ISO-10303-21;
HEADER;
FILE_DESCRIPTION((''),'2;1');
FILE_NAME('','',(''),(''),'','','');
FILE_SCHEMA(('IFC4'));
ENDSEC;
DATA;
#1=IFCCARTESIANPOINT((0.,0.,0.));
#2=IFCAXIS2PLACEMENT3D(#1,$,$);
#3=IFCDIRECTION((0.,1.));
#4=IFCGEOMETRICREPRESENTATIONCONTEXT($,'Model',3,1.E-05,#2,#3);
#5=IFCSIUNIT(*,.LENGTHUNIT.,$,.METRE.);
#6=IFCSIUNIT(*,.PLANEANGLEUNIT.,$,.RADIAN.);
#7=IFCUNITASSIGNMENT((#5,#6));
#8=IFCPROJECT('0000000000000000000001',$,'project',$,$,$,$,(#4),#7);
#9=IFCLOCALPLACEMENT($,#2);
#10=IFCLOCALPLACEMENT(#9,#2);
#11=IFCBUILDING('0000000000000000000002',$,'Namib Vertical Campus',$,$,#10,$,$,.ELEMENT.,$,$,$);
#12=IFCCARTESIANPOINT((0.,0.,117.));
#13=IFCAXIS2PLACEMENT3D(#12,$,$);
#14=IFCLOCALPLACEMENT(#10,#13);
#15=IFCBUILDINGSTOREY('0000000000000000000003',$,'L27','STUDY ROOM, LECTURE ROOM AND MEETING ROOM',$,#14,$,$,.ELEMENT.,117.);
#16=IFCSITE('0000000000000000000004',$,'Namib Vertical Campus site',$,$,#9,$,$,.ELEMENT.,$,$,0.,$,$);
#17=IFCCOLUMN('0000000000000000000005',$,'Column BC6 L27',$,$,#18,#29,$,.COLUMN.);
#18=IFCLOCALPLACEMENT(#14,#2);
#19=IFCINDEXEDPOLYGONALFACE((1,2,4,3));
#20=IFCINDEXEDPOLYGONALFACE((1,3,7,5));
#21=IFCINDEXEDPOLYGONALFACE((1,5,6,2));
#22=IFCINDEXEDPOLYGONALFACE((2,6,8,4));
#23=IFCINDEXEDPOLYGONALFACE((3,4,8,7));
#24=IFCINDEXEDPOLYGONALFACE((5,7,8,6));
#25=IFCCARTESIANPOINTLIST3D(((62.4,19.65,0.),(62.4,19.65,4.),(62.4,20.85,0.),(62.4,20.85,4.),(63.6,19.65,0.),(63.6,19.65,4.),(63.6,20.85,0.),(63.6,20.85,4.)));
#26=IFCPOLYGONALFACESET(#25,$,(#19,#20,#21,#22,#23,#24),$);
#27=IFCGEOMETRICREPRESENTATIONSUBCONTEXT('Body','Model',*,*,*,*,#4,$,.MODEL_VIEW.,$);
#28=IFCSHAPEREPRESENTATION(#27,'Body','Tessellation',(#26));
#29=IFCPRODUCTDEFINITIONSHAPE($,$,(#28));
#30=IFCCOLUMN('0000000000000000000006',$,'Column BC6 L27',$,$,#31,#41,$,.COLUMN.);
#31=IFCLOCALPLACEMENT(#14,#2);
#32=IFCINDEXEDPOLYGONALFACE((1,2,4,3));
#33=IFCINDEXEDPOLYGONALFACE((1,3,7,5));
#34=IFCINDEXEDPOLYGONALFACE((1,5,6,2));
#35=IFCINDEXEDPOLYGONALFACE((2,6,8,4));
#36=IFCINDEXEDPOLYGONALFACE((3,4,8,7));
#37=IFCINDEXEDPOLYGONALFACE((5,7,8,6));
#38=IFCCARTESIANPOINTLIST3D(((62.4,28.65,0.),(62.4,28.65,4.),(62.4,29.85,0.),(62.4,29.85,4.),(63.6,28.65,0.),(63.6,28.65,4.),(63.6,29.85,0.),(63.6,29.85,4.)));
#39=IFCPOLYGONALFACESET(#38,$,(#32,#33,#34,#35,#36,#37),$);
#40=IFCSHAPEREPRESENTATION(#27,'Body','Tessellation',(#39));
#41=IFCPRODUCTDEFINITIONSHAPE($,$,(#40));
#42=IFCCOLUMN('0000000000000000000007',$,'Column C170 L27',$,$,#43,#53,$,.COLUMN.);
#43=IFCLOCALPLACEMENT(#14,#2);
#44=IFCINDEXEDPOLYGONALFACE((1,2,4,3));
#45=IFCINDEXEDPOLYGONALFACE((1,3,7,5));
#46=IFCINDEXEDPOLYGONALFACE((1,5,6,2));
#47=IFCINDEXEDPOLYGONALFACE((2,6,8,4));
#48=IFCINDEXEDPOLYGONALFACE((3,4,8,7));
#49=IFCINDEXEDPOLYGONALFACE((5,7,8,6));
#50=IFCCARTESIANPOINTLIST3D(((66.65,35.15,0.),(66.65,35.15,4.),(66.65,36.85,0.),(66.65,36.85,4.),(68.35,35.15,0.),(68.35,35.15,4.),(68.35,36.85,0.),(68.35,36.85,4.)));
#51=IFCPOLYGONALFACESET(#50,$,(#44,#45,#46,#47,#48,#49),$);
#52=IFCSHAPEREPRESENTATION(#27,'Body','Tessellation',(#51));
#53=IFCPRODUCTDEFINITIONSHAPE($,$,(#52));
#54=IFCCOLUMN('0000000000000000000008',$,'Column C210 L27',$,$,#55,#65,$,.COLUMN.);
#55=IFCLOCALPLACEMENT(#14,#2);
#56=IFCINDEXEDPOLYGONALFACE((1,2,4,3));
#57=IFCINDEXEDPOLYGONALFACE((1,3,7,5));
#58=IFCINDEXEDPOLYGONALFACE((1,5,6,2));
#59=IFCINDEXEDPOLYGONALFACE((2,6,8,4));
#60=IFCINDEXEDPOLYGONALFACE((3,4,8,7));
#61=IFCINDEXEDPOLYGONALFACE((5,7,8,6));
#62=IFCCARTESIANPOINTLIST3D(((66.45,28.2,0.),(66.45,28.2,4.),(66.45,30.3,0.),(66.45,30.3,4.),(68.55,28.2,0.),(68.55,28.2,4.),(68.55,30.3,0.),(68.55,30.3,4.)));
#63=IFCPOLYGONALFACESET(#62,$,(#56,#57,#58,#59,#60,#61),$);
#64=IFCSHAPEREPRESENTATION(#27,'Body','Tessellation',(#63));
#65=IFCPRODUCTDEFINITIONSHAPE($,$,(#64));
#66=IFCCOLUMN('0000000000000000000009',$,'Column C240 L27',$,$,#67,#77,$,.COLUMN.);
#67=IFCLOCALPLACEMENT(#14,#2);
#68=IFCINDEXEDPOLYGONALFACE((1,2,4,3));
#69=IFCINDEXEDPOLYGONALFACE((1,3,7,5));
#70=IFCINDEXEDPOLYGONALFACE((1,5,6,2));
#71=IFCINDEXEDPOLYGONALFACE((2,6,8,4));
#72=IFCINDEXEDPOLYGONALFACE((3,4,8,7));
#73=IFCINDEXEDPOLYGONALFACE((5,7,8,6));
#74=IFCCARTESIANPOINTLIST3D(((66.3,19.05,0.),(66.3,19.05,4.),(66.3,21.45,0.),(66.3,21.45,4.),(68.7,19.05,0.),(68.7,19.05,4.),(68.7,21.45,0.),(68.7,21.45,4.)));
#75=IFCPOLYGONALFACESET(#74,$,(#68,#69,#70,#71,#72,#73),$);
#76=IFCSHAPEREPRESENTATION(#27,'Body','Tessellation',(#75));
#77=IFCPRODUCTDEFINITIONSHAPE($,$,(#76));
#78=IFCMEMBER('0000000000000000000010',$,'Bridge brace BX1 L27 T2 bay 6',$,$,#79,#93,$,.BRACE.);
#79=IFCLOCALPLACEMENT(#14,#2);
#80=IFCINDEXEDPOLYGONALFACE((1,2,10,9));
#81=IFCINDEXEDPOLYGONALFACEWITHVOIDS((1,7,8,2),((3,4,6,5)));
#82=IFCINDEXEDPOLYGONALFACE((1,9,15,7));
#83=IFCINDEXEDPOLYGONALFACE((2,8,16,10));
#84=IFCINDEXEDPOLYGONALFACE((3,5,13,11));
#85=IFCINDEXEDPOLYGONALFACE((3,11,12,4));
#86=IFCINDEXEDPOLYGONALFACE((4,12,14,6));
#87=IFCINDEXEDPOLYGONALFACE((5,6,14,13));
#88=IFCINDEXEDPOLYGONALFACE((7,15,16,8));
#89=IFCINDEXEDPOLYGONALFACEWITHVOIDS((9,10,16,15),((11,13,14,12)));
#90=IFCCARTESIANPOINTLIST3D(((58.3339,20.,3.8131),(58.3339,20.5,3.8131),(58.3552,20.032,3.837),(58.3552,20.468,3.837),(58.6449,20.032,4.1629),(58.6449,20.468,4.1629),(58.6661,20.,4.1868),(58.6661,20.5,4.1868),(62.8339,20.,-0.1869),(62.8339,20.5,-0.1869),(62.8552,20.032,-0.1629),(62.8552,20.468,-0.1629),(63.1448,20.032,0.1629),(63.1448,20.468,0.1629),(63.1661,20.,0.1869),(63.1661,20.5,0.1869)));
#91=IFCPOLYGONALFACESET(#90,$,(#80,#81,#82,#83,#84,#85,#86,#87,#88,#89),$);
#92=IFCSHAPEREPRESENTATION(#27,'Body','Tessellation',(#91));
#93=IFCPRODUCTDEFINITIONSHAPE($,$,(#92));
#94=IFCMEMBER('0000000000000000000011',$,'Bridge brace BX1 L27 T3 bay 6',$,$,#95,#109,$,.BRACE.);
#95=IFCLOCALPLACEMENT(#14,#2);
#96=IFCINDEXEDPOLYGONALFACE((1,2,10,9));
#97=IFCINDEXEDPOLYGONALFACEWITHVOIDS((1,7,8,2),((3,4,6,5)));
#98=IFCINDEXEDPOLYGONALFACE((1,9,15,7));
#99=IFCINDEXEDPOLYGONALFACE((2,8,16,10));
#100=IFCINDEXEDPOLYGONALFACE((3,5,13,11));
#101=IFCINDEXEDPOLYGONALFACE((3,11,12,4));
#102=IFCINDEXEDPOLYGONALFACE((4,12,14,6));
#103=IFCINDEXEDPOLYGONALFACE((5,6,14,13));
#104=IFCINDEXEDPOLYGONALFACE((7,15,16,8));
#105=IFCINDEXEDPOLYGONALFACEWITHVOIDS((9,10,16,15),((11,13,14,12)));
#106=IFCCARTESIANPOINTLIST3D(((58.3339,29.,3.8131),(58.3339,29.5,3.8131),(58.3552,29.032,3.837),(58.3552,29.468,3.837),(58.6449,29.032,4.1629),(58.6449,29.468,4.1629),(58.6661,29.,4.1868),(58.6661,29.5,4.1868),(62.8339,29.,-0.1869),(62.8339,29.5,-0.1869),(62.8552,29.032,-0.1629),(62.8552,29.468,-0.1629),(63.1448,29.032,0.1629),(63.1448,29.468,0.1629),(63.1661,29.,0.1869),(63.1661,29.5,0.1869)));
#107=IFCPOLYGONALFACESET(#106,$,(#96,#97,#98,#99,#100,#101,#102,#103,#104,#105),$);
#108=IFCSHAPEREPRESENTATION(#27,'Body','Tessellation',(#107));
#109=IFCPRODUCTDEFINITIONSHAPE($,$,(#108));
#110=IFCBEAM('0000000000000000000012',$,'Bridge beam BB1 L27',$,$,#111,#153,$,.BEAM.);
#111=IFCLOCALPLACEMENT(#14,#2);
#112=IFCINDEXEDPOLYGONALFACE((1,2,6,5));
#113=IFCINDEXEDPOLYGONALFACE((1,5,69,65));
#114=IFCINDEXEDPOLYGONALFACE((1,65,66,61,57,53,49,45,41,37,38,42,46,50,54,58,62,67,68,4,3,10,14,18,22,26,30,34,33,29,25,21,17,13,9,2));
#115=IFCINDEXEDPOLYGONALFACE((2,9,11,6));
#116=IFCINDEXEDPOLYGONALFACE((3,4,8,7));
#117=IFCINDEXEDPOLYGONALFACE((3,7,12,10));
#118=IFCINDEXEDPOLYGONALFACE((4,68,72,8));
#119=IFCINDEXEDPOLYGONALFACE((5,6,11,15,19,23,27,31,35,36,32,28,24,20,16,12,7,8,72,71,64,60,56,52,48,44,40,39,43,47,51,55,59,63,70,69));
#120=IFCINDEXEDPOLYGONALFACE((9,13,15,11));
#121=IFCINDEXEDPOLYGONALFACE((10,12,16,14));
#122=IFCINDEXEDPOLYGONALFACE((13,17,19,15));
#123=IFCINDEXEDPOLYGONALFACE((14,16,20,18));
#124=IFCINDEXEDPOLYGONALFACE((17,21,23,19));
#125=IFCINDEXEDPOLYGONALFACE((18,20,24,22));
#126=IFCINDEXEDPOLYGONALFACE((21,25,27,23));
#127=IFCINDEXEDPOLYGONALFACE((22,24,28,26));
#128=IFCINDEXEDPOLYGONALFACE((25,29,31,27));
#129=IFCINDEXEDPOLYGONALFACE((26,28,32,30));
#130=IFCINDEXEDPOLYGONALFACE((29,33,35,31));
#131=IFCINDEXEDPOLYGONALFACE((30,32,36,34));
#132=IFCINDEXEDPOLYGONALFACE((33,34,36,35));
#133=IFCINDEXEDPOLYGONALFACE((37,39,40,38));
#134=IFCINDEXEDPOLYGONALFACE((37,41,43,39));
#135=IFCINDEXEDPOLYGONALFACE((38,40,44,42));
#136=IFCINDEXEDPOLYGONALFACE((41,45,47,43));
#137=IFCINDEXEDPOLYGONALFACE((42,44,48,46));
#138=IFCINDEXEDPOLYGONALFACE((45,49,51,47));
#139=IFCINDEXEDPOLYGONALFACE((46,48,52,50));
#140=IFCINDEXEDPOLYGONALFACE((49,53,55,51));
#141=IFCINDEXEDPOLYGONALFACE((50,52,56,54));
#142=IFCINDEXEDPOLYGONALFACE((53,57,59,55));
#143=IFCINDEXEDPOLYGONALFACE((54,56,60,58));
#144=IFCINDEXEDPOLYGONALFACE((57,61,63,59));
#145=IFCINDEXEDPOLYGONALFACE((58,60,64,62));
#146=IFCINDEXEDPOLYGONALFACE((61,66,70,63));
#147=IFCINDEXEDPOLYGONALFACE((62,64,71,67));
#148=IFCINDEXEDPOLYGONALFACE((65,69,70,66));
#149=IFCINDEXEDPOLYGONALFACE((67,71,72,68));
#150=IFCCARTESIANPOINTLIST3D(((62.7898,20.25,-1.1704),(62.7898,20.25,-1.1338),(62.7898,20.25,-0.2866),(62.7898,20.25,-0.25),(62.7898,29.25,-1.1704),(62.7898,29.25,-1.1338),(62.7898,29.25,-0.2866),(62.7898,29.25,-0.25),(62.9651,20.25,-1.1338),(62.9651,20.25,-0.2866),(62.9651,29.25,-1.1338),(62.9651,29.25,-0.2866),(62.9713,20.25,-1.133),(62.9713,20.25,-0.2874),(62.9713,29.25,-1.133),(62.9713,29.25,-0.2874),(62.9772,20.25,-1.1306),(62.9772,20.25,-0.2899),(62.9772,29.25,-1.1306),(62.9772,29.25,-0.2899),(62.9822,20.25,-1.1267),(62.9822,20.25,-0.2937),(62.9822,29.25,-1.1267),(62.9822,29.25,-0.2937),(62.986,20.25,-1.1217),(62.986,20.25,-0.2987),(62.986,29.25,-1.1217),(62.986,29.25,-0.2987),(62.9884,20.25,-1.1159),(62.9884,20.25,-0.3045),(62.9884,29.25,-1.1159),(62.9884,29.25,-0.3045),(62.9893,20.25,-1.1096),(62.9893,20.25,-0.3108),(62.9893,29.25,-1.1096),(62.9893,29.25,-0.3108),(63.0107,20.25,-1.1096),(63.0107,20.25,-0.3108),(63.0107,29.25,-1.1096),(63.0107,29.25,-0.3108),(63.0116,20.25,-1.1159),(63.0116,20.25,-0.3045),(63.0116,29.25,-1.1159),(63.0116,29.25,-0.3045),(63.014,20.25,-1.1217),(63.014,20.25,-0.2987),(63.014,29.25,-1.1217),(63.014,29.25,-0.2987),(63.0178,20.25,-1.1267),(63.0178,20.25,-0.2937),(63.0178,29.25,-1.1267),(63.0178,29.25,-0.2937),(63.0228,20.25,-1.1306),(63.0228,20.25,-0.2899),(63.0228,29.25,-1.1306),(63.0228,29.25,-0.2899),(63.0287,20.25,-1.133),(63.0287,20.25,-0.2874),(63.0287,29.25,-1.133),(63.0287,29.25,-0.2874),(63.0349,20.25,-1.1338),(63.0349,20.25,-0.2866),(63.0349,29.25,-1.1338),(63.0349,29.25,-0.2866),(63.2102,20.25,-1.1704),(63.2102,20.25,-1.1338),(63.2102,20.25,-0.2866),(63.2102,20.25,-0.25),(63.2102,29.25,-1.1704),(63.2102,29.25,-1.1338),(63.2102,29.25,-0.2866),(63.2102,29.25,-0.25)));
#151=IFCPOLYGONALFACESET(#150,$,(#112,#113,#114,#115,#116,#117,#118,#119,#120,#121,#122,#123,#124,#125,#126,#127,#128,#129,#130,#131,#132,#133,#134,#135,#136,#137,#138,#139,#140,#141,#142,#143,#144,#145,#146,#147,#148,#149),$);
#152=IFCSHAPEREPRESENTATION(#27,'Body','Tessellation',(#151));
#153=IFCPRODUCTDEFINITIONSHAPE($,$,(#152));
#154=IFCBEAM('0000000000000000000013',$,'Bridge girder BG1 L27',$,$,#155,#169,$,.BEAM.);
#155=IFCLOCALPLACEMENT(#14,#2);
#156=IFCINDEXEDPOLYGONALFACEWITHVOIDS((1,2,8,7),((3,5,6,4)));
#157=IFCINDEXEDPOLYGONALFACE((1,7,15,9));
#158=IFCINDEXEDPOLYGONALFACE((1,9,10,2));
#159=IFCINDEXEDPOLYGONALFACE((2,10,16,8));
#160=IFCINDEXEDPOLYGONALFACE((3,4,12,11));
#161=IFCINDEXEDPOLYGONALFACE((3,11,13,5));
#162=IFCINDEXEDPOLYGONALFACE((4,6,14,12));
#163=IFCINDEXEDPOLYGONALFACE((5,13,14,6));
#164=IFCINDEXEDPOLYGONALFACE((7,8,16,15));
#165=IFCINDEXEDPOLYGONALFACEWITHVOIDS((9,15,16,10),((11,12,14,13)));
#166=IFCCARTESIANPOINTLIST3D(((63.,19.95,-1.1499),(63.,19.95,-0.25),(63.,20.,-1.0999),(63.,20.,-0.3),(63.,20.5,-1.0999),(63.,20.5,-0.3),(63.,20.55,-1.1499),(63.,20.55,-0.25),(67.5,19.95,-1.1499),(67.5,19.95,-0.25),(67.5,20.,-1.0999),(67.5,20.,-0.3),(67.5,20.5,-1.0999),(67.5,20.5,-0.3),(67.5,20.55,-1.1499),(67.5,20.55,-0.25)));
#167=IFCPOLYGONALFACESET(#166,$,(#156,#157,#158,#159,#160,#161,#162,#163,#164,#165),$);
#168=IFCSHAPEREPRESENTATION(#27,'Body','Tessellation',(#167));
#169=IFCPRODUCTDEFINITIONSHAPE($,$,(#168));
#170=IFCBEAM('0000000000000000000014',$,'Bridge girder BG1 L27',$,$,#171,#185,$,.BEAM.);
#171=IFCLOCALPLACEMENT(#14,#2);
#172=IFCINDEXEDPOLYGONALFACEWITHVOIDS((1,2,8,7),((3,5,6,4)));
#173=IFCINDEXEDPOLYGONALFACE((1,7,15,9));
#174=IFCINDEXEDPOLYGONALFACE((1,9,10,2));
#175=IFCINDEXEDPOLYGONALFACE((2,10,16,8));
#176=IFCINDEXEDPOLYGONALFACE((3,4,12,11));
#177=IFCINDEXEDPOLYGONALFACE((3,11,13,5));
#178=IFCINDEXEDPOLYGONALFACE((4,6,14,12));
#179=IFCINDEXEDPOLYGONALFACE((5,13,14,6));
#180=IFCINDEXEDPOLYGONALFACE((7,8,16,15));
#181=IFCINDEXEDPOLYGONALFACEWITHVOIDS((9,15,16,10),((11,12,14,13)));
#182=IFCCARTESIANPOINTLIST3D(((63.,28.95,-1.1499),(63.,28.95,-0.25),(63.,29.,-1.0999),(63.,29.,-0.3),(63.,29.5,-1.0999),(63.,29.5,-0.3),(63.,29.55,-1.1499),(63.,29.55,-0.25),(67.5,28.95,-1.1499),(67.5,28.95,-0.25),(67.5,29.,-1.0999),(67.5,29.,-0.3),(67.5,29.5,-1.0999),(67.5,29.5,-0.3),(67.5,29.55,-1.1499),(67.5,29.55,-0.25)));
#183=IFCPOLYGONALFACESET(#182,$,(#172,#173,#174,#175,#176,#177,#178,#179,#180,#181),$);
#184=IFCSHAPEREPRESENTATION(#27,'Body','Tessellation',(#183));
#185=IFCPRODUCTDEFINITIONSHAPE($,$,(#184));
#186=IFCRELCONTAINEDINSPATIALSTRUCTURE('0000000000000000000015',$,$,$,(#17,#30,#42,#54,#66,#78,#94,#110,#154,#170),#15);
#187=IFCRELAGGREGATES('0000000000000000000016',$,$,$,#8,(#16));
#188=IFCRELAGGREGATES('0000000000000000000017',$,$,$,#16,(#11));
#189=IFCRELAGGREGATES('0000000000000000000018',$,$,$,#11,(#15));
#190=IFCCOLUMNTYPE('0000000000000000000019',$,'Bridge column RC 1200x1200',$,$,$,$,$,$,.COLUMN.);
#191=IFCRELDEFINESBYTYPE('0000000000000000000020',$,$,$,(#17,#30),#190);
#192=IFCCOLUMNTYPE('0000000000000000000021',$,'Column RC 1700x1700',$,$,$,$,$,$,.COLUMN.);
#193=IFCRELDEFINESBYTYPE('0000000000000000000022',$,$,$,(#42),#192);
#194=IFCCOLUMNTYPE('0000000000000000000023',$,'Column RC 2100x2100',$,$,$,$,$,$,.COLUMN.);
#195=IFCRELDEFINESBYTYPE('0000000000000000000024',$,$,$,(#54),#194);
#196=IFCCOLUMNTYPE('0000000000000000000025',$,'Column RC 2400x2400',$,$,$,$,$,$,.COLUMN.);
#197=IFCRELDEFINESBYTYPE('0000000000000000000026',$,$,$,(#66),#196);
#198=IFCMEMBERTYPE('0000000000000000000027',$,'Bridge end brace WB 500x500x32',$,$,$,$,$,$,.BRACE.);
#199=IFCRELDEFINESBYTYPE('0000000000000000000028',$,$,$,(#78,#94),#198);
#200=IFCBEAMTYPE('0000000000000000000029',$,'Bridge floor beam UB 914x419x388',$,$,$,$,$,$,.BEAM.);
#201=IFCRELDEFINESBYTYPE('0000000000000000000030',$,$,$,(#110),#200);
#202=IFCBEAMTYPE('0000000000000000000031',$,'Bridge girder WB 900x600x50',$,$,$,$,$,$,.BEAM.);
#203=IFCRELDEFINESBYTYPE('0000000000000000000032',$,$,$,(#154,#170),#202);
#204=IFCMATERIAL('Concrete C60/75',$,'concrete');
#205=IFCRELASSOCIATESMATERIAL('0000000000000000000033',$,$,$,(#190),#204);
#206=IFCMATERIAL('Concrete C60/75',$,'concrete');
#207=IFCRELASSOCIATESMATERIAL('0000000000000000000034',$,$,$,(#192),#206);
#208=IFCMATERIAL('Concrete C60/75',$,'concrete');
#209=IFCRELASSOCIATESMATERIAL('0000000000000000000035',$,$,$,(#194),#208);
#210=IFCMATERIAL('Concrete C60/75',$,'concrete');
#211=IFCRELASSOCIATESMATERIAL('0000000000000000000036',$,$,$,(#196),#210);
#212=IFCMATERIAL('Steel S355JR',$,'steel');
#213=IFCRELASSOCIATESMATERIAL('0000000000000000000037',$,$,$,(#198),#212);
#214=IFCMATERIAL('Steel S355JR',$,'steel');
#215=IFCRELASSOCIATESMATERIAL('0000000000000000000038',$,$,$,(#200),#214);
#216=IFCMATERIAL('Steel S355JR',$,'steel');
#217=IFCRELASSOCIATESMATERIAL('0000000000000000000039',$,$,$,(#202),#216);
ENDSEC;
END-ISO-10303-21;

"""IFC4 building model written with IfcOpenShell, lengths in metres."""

from ifc_helpers import new_model, si_unit, direction, frame, origin, origin_2d, place, context, subcontext, project, spatial, rectangle, hollow_rectangle, i_section, extrude, material, material_profile, profile_set, type_object, element, save


model = new_model("IFC4")

# Units and contexts
model_context = context("Model", 3, precision=1e-05, world=origin(), true_north=direction((0.0, 1.0)))
body_context = subcontext(model_context, "Body", "Model", "MODEL_VIEW")
ifc_project = project(units=[si_unit("LENGTHUNIT", "METRE"), si_unit("PLANEANGLEUNIT", "RADIAN")], contexts=[model_context])

# Site, building, storey
site_placement = place(None, origin())
site = spatial("IfcSite", under=ifc_project, at=site_placement, Name="Namib Vertical Campus site", CompositionType="ELEMENT", RefElevation=0.0)
building_placement = place(site_placement, origin())
building = spatial("IfcBuilding", under=site, at=building_placement, Name="Namib Vertical Campus", CompositionType="ELEMENT")
storey_placement = place(building_placement, frame((0.0, 0.0, 117.0)))
storey = spatial("IfcBuildingStorey", under=building, at=storey_placement, Name="L27", Description="STUDY ROOM, LECTURE ROOM AND MEETING ROOM", CompositionType="ELEMENT", Elevation=117.0)

# Columns
ifc_material_1 = material(Name="Concrete C60/75", Category="concrete")
ifc_material_profile_1 = material_profile(ifc_material_1, rectangle(XDim=1.2, YDim=1.2, at=origin_2d()))
ifc_profile_set_1 = profile_set([ifc_material_profile_1], Name="Concrete C60/75")
column_type_1 = type_object("IfcColumnType", Name="Bridge column RC 1200x1200", PredefinedType="COLUMN", material=ifc_profile_set_1)
for number, where, z_axis, x_axis, name in (
    (1, (63.0, 20.25, 0.0), (0.0, 0.0, 1.0), (1.0, 0.0, 0.0), "Column BC6 L27"),
    (2, (63.0, 29.25, 0.0), (0.0, 0.0, 1.0), (1.0, 0.0, 0.0), "Column BC6 L27"),
):
    element("IfcColumn", number, at=place(storey_placement, frame(where, z_axis=z_axis, x_axis=x_axis)), inside=storey, type_object=column_type_1, Name=name, PredefinedType="COLUMN", context=body_context, shape_type="SweptSolid", body=[
        extrude(rectangle(XDim=1.2, YDim=1.2, at=origin_2d()), origin(), (0.0, 0.0, 1.0), 4.0),
    ])
ifc_material_2 = material(Name="Concrete C60/75", Category="concrete")
ifc_material_profile_2 = material_profile(ifc_material_2, rectangle(XDim=1.7, YDim=1.7, at=origin_2d()))
ifc_profile_set_2 = profile_set([ifc_material_profile_2], Name="Concrete C60/75")
column_type_2 = type_object("IfcColumnType", Name="Column RC 1700x1700", PredefinedType="COLUMN", material=ifc_profile_set_2)
column_1_placement = place(storey_placement, frame((67.5, 36.0, 0.0), z_axis=(0.0, 0.0, 1.0), x_axis=(1.0, 0.0, 0.0)))
element("IfcColumn", 3, at=column_1_placement, inside=storey, type_object=column_type_2, Name="Column C170 L27", PredefinedType="COLUMN", context=body_context, shape_type="SweptSolid", body=[
    extrude(rectangle(XDim=1.7, YDim=1.7, at=origin_2d()), origin(), (0.0, 0.0, 1.0), 4.0),
])
ifc_material_3 = material(Name="Concrete C60/75", Category="concrete")
ifc_material_profile_3 = material_profile(ifc_material_3, rectangle(XDim=2.1001, YDim=2.1001, at=origin_2d()))
ifc_profile_set_3 = profile_set([ifc_material_profile_3], Name="Concrete C60/75")
column_type_3 = type_object("IfcColumnType", Name="Column RC 2100x2100", PredefinedType="COLUMN", material=ifc_profile_set_3)
column_2_placement = place(storey_placement, frame((67.5, 29.25, 0.0), z_axis=(0.0, 0.0, 1.0), x_axis=(1.0, 0.0, 0.0)))
element("IfcColumn", 4, at=column_2_placement, inside=storey, type_object=column_type_3, Name="Column C210 L27", PredefinedType="COLUMN", context=body_context, shape_type="SweptSolid", body=[
    extrude(rectangle(XDim=2.1001, YDim=2.1001, at=origin_2d()), origin(), (0.0, 0.0, 1.0), 4.0),
])
ifc_material_4 = material(Name="Concrete C60/75", Category="concrete")
ifc_material_profile_4 = material_profile(ifc_material_4, rectangle(XDim=2.3999, YDim=2.3999, at=origin_2d()))
ifc_profile_set_4 = profile_set([ifc_material_profile_4], Name="Concrete C60/75")
column_type_4 = type_object("IfcColumnType", Name="Column RC 2400x2400", PredefinedType="COLUMN", material=ifc_profile_set_4)
column_3_placement = place(storey_placement, frame((67.5, 20.25, 0.0), z_axis=(0.0, 0.0, 1.0), x_axis=(1.0, 0.0, 0.0)))
element("IfcColumn", 5, at=column_3_placement, inside=storey, type_object=column_type_4, Name="Column C240 L27", PredefinedType="COLUMN", context=body_context, shape_type="SweptSolid", body=[
    extrude(rectangle(XDim=2.3999, YDim=2.3999, at=origin_2d()), origin(), (0.0, 0.0, 1.0), 4.0),
])

# Members
ifc_material_5 = material(Name="Steel S355JR", Category="steel")
ifc_material_profile_5 = material_profile(ifc_material_5, hollow_rectangle(XDim=0.5, YDim=0.5, WallThickness=0.032, at=origin_2d()))
ifc_profile_set_5 = profile_set([ifc_material_profile_5], Name="Steel S355JR")
member_type_1 = type_object("IfcMemberType", Name="Bridge end brace WB 500x500x32", PredefinedType="BRACE", material=ifc_profile_set_5)
for number, where, z_axis, x_axis, name in (
    (6, (63.0, 20.25, 0.0), (-0.747409, 0.0, 0.664364), (0.0, -1.0, 0.0), "Bridge brace BX1 L27 T2 bay 6"),
    (7, (63.0, 29.25, 0.0), (-0.747409, 0.0, 0.664364), (0.0, -1.0, 0.0), "Bridge brace BX1 L27 T3 bay 6"),
):
    element("IfcMember", number, at=place(storey_placement, frame(where, z_axis=z_axis, x_axis=x_axis)), inside=storey, type_object=member_type_1, Name=name, PredefinedType="BRACE", context=body_context, shape_type="SweptSolid", body=[
        extrude(hollow_rectangle(XDim=0.5, YDim=0.5, WallThickness=0.032, at=origin_2d()), origin(), (0.0, 0.0, 1.0), 6.0208),
    ])

# Beams
ifc_material_6 = material(Name="Steel S355JR", Category="steel")
ifc_material_profile_6 = material_profile(ifc_material_6, i_section(OverallWidth=0.4204, OverallDepth=0.9204, WebThickness=0.0215, FlangeThickness=0.0366, FilletRadius=0.0242, at=origin_2d()))
ifc_profile_set_6 = profile_set([ifc_material_profile_6], Name="Steel S355JR")
beam_type_1 = type_object("IfcBeamType", Name="Bridge floor beam UB 914x419x388", PredefinedType="BEAM", material=ifc_profile_set_6)
beam_1_placement = place(storey_placement, frame((63.0, 20.25, -0.7102), z_axis=(0.0, 1.0, 0.0), x_axis=(-1.0, 0.0, 0.0)))
element("IfcBeam", 8, at=beam_1_placement, inside=storey, type_object=beam_type_1, Name="Bridge beam BB1 L27", PredefinedType="BEAM", context=body_context, shape_type="SweptSolid", body=[
    extrude(i_section(OverallWidth=0.4204, OverallDepth=0.9204, WebThickness=0.0215, FlangeThickness=0.0366, FilletRadius=0.0242, at=origin_2d()), origin(), (0.0, 0.0, 1.0), 9.0),
])
ifc_material_7 = material(Name="Steel S355JR", Category="steel")
ifc_material_profile_7 = material_profile(ifc_material_7, hollow_rectangle(XDim=0.6001, YDim=0.8999, WallThickness=0.05, at=origin_2d()))
ifc_profile_set_7 = profile_set([ifc_material_profile_7], Name="Steel S355JR")
beam_type_2 = type_object("IfcBeamType", Name="Bridge girder WB 900x600x50", PredefinedType="BEAM", material=ifc_profile_set_7)
for number, where, z_axis, x_axis, name in (
    (9, (63.0, 20.25, -0.7), (1.0, 0.0, 0.0), (0.0, 1.0, 0.0), "Bridge girder BG1 L27"),
    (10, (63.0, 29.25, -0.7), (1.0, 0.0, 0.0), (0.0, 1.0, 0.0), "Bridge girder BG1 L27"),
):
    element("IfcBeam", number, at=place(storey_placement, frame(where, z_axis=z_axis, x_axis=x_axis)), inside=storey, type_object=beam_type_2, Name=name, PredefinedType="BEAM", context=body_context, shape_type="SweptSolid", body=[
        extrude(hollow_rectangle(XDim=0.6001, YDim=0.8999, WallThickness=0.05, at=origin_2d()), origin(), (0.0, 0.0, 1.0), 4.5),
    ])

save(model, "model.ifc")
